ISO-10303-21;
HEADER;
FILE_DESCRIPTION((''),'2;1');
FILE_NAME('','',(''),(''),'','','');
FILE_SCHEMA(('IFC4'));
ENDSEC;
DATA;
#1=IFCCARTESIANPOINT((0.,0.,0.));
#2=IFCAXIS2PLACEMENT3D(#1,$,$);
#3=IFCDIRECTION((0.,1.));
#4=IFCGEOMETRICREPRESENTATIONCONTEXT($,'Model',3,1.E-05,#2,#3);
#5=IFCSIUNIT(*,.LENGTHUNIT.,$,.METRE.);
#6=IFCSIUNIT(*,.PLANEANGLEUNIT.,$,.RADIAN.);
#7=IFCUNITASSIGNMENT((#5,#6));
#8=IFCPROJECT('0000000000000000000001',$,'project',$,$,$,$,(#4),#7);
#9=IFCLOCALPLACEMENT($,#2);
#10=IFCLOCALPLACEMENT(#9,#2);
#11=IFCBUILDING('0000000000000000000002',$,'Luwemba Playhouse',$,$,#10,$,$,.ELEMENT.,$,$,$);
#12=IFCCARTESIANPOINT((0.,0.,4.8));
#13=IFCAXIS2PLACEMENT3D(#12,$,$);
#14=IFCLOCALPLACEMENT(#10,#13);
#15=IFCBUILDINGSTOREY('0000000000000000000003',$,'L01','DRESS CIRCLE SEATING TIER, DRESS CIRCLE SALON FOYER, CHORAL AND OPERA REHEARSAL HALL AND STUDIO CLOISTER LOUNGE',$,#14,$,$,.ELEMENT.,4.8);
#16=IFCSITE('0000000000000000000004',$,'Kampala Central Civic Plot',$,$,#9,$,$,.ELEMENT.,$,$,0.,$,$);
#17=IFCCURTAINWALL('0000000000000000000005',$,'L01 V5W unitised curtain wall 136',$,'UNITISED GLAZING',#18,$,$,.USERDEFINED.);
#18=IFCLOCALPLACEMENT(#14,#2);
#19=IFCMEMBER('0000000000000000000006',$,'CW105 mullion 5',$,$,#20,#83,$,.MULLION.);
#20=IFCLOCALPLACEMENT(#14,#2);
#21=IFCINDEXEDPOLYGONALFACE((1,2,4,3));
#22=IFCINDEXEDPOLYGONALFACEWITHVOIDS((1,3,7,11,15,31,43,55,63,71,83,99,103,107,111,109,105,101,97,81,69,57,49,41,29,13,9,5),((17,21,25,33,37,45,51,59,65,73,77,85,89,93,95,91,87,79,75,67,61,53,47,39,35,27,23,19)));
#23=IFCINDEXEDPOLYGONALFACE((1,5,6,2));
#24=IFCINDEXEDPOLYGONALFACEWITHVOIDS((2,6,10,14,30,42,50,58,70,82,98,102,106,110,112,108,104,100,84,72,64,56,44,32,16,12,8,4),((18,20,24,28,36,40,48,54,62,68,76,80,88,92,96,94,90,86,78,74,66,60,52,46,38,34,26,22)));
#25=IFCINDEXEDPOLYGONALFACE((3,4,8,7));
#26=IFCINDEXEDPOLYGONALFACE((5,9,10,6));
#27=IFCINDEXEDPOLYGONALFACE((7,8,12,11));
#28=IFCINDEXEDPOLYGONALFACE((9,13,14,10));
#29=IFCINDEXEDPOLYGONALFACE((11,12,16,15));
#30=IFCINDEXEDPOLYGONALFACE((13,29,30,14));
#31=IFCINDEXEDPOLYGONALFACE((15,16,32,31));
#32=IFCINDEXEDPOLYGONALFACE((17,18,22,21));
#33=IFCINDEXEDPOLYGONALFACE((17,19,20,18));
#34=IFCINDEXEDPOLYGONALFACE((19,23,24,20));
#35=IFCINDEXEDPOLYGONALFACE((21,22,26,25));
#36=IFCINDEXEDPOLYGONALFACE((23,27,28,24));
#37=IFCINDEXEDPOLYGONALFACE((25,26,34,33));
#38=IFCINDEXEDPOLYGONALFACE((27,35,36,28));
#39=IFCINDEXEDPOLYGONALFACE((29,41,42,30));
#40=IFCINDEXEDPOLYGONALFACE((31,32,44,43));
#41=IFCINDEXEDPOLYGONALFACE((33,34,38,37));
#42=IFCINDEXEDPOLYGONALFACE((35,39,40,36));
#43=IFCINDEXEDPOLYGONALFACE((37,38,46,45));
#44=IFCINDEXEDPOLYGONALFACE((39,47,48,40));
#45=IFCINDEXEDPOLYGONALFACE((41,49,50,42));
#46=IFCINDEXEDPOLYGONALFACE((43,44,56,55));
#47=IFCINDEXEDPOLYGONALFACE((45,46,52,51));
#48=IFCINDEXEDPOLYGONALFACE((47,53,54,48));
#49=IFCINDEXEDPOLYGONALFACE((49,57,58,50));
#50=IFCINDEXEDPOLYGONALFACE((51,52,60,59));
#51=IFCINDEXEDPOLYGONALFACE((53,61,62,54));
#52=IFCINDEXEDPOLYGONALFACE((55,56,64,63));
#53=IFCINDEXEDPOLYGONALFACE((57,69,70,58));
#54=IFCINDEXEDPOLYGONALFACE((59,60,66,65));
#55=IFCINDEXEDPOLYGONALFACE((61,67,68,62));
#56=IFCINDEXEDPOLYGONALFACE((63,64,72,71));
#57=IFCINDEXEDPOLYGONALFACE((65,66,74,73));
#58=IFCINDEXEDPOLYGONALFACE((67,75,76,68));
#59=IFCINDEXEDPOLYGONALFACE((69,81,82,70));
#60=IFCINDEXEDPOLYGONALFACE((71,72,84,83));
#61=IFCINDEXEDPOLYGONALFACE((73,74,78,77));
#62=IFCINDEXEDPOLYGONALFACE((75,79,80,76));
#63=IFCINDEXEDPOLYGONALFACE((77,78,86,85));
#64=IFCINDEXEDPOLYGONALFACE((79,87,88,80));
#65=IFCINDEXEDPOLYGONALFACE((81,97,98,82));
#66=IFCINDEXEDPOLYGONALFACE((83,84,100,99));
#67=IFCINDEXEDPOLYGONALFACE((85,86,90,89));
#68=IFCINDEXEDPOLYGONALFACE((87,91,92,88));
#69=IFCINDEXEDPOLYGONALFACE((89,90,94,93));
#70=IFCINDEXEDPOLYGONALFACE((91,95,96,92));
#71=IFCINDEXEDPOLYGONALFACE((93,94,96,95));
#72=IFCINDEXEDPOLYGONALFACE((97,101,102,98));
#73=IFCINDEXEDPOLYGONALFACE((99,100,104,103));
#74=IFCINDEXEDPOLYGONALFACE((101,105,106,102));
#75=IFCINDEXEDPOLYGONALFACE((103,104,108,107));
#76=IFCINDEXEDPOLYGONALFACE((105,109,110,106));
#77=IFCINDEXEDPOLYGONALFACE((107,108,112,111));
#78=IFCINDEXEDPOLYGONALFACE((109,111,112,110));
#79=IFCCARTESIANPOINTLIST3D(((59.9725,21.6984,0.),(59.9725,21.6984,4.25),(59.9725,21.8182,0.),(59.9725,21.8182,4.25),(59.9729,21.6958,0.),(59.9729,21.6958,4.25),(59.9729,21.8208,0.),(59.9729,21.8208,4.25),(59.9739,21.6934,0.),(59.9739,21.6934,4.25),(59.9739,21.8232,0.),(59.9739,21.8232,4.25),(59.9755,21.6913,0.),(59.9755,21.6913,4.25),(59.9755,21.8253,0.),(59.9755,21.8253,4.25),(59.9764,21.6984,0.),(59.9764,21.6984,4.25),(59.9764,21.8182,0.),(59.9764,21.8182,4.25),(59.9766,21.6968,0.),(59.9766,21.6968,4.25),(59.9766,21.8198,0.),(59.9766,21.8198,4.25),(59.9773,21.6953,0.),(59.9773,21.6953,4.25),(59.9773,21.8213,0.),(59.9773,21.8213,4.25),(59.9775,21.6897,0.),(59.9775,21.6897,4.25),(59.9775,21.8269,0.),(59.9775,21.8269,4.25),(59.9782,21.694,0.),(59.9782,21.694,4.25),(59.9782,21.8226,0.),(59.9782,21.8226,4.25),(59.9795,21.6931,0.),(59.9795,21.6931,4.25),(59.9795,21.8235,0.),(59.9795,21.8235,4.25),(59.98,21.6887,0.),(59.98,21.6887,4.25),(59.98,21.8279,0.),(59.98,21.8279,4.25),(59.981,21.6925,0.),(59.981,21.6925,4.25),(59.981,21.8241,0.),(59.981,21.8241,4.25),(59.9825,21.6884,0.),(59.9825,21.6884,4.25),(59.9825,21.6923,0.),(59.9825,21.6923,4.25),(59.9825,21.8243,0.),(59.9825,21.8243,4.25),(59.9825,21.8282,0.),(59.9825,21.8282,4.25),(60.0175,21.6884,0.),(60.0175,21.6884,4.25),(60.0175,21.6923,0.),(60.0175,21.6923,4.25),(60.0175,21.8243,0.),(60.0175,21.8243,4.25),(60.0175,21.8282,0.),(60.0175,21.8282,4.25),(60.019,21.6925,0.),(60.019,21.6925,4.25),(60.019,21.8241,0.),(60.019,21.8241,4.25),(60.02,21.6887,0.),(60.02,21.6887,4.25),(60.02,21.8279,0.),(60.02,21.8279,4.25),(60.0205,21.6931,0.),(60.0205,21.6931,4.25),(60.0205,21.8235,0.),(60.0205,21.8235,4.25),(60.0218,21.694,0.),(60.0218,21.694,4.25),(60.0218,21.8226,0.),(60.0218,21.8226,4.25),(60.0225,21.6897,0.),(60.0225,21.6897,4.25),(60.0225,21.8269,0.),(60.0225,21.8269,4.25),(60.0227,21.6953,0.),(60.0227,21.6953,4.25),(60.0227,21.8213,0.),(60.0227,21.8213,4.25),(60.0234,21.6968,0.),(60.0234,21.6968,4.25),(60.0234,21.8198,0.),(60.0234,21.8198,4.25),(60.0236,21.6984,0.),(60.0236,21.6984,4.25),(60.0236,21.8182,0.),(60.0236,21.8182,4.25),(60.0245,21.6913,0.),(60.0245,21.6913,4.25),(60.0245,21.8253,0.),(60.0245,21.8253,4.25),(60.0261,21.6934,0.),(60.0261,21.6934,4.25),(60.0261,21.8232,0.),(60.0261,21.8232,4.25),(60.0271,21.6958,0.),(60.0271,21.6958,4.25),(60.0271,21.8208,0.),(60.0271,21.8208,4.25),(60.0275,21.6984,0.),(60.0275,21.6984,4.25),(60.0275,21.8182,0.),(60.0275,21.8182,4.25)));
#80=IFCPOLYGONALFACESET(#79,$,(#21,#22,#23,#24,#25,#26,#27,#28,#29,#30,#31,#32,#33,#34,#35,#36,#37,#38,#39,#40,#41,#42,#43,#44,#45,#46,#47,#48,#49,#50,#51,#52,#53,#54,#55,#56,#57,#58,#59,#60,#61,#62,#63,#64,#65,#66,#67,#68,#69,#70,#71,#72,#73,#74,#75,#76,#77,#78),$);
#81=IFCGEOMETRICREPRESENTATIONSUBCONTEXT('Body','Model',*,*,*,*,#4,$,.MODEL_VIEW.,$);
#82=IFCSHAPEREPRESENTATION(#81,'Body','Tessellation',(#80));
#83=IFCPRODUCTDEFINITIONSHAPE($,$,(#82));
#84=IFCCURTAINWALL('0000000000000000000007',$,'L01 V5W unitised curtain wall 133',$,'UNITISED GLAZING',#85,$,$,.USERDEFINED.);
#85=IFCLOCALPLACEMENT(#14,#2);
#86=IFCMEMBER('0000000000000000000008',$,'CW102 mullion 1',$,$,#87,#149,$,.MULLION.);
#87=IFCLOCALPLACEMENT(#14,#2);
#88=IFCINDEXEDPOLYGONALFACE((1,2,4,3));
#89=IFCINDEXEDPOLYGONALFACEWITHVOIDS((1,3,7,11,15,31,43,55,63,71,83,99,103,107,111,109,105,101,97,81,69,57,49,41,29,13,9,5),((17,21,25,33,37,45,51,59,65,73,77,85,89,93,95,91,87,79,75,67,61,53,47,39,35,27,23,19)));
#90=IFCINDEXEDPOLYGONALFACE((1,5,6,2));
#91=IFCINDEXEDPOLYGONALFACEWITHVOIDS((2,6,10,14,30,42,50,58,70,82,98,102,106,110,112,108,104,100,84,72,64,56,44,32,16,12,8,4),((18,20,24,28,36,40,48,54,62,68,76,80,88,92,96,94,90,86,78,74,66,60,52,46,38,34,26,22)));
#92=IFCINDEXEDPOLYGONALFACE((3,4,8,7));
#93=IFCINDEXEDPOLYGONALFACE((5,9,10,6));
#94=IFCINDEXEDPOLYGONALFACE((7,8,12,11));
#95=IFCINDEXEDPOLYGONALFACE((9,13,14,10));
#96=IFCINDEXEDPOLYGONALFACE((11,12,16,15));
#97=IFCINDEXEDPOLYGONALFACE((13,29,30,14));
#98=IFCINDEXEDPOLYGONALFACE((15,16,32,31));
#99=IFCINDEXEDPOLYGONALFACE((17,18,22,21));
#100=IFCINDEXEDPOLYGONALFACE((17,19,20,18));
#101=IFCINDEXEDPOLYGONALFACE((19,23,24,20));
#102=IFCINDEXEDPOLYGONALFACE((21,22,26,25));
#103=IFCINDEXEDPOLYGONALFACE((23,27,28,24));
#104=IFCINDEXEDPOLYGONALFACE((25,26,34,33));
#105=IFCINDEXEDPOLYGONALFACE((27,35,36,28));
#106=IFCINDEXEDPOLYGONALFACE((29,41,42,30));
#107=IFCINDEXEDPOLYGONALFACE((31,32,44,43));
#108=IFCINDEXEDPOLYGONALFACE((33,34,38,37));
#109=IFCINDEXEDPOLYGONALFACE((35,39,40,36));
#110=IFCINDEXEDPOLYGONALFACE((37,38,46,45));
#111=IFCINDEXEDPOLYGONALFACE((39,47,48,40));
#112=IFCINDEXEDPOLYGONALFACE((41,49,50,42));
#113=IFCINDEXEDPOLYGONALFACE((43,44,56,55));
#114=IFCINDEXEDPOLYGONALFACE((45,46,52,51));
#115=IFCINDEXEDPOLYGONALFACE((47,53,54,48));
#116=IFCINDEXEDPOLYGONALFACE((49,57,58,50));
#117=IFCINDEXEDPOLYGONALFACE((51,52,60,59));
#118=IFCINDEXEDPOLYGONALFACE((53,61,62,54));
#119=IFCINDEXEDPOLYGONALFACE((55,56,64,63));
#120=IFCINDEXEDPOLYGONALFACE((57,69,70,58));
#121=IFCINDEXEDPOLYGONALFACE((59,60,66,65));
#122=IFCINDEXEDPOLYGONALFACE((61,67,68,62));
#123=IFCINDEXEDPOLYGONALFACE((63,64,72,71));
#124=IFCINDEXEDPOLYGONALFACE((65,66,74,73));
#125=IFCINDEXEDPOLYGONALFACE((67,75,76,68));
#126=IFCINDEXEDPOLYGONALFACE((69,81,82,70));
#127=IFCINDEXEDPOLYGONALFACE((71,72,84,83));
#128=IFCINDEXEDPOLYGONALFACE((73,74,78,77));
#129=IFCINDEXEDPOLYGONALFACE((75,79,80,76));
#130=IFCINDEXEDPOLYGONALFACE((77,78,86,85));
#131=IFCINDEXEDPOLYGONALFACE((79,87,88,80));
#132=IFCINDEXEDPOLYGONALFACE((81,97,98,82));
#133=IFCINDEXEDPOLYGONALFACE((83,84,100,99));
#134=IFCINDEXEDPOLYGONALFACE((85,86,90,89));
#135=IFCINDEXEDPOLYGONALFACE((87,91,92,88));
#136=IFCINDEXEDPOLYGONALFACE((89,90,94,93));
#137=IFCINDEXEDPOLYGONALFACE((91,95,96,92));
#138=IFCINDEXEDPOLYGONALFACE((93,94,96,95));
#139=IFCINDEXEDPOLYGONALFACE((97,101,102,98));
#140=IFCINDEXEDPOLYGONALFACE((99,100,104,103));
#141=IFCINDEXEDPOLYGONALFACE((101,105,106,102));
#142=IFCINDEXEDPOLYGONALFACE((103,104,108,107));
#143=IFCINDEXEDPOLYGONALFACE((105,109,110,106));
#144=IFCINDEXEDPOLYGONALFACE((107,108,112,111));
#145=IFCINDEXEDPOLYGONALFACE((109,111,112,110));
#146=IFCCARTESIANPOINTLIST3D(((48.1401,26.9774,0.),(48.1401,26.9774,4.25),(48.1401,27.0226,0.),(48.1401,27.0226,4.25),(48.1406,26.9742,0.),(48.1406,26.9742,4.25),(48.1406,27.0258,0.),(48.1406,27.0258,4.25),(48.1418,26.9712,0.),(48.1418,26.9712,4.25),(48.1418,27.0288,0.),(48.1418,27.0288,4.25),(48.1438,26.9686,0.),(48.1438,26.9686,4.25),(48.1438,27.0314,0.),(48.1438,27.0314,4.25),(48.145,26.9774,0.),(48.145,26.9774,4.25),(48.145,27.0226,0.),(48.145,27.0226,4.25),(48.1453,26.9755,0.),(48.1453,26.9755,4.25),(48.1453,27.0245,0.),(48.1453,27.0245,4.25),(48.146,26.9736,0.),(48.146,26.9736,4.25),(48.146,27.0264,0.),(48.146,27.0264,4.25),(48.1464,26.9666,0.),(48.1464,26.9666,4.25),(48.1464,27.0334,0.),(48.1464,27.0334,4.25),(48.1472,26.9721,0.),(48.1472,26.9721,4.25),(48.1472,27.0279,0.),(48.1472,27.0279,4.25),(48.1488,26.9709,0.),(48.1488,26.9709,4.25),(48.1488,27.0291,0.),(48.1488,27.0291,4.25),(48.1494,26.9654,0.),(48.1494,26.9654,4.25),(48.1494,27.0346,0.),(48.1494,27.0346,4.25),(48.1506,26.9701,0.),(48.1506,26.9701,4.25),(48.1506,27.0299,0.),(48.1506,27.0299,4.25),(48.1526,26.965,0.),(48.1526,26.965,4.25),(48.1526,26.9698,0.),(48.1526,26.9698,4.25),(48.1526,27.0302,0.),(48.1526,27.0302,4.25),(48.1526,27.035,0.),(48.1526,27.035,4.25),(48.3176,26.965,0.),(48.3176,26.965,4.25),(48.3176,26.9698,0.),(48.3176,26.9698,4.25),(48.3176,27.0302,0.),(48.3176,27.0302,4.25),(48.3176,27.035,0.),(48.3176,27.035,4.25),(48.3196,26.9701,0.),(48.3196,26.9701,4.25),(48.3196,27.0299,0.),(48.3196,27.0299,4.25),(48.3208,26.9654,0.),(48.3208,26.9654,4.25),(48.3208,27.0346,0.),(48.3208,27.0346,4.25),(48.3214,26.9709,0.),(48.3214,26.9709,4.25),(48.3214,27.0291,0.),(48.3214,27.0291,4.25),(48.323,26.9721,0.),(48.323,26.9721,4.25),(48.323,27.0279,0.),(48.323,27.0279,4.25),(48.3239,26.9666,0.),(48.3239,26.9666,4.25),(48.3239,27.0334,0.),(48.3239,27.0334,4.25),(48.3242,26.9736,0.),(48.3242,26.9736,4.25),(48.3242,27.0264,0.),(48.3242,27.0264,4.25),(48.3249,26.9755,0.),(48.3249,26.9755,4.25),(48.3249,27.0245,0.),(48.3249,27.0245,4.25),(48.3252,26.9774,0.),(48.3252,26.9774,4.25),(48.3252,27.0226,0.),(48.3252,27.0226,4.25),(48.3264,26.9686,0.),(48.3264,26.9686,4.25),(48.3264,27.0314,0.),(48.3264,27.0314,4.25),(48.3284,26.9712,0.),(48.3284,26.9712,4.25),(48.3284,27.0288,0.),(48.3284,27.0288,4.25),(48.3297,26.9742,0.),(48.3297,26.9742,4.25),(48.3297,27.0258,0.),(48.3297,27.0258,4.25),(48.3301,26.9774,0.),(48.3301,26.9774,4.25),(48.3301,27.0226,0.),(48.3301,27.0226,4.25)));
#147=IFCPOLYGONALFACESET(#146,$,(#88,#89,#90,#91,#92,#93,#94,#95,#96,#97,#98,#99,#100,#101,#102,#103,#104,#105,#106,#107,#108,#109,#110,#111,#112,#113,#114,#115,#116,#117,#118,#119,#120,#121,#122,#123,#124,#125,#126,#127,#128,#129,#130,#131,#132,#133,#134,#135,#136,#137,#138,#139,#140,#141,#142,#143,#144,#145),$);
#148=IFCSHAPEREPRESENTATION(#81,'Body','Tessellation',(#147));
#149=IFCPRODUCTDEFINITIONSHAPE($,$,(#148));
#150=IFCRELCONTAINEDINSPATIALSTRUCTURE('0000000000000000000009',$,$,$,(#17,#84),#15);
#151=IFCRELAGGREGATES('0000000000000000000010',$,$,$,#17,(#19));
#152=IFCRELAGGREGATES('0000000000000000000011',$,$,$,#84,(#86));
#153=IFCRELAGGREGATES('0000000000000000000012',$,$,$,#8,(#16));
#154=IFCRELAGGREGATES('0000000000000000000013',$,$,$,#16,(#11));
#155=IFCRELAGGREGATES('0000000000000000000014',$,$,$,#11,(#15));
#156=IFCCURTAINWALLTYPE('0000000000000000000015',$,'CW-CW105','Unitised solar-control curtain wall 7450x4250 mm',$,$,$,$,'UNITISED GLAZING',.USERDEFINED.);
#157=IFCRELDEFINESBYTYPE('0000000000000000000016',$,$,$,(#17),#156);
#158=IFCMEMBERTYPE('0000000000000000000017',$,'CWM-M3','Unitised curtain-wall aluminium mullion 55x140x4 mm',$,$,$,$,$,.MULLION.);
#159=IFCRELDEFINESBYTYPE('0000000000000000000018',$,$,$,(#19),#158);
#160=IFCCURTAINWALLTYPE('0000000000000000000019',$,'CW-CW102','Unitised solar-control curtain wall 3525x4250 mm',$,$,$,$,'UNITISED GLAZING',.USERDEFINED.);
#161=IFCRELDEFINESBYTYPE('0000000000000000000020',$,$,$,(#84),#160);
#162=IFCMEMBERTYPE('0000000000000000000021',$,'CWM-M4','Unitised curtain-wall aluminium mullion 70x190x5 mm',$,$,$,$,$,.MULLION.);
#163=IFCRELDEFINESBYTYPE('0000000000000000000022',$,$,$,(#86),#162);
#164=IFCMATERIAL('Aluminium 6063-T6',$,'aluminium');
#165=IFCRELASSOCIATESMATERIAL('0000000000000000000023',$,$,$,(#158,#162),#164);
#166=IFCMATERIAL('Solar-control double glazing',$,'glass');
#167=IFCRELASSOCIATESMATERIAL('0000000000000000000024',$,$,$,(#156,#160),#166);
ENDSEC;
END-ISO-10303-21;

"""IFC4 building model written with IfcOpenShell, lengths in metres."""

from ifc_helpers import new_model, si_unit, direction, frame, origin, origin_2d, place, context, subcontext, project, spatial, hollow_rectangle, extrude, material, material_profile, profile_set, type_object, element, aggregate, save


model = new_model("IFC4")

# Units and contexts
model_context = context("Model", 3, precision=1e-05, world=origin(), true_north=direction((0.0, 1.0)))
body_context = subcontext(model_context, "Body", "Model", "MODEL_VIEW")
ifc_project = project(units=[si_unit("LENGTHUNIT", "METRE"), si_unit("PLANEANGLEUNIT", "RADIAN")], contexts=[model_context])

# Site, building, storey
site_placement = place(None, origin())
site = spatial("IfcSite", under=ifc_project, at=site_placement, Name="Kampala Central Civic Plot", CompositionType="ELEMENT", RefElevation=0.0)
building_placement = place(site_placement, origin())
building = spatial("IfcBuilding", under=site, at=building_placement, Name="Luwemba Playhouse", CompositionType="ELEMENT")
storey_placement = place(building_placement, frame((0.0, 0.0, 4.8)))
storey = spatial("IfcBuildingStorey", under=building, at=storey_placement, Name="L01", Description="DRESS CIRCLE SEATING TIER, DRESS CIRCLE SALON FOYER, CHORAL AND OPERA REHEARSAL HALL AND STUDIO CLOISTER LOUNGE", CompositionType="ELEMENT", Elevation=4.8)

# Curtain wall, member
ifc_material_1 = material(Name="Solar-control double glazing", Category="glass")
ifc_material_2 = material(Name="Aluminium 6063-T6", Category="aluminium")
ifc_material_profile_1 = material_profile(ifc_material_2, hollow_rectangle(XDim=0.0549, YDim=0.1399, WallThickness=0.0039, InnerFilletRadius=0.0061, OuterFilletRadius=0.01, at=origin_2d()))
ifc_profile_set_1 = profile_set([ifc_material_profile_1], Name="Aluminium 6063-T6")
member_type_1 = type_object("IfcMemberType", Name="CWM-M3", Description="Unitised curtain-wall aluminium mullion 55x140x4 mm", PredefinedType="MULLION", material=ifc_profile_set_1)
curtain_wall_type_1 = type_object("IfcCurtainWallType", Name="CW-CW105", Description="Unitised solar-control curtain wall 7450x4250 mm", ElementType="UNITISED GLAZING", PredefinedType="USERDEFINED", material=ifc_material_1)
curtain_wall_1_placement = place(storey_placement, origin())
curtain_wall_1 = element("IfcCurtainWall", 1, at=curtain_wall_1_placement, inside=storey, type_object=curtain_wall_type_1, Name="L01 V5W unitised curtain wall 136", ObjectType="UNITISED GLAZING", PredefinedType="USERDEFINED")
member_1_placement = place(storey_placement, frame((60.0, 21.7583, 0.0), z_axis=(0.0, 0.0, 1.0), x_axis=(1.0, 0.0, 0.0)))
member_1 = element("IfcMember", 2, at=member_1_placement, type_object=member_type_1, Name="CW105 mullion 5", PredefinedType="MULLION", context=body_context, shape_type="SweptSolid", body=[
    extrude(hollow_rectangle(XDim=0.0549, YDim=0.1399, WallThickness=0.0039, InnerFilletRadius=0.0061, OuterFilletRadius=0.01, at=origin_2d()), origin(), (0.0, 0.0, 1.0), 4.25),
])

# Curtain wall, member
curtain_wall_type_2 = type_object("IfcCurtainWallType", Name="CW-CW102", Description="Unitised solar-control curtain wall 3525x4250 mm", ElementType="UNITISED GLAZING", PredefinedType="USERDEFINED", material=ifc_material_1)
curtain_wall_2_placement = place(storey_placement, origin())
curtain_wall_2 = element("IfcCurtainWall", 3, at=curtain_wall_2_placement, inside=storey, type_object=curtain_wall_type_2, Name="L01 V5W unitised curtain wall 133", ObjectType="UNITISED GLAZING", PredefinedType="USERDEFINED")
ifc_material_profile_2 = material_profile(ifc_material_2, hollow_rectangle(XDim=0.0701, YDim=0.1899, WallThickness=0.0049, InnerFilletRadius=0.0076, OuterFilletRadius=0.0125, at=origin_2d()))
ifc_profile_set_2 = profile_set([ifc_material_profile_2], Name="Aluminium 6063-T6")
member_type_2 = type_object("IfcMemberType", Name="CWM-M4", Description="Unitised curtain-wall aluminium mullion 70x190x5 mm", PredefinedType="MULLION", material=ifc_profile_set_2)
member_2_placement = place(storey_placement, frame((48.2351, 27.0, 0.0), z_axis=(0.0, 0.0, 1.0), x_axis=(0.0, 1.0, 0.0)))
member_2 = element("IfcMember", 4, at=member_2_placement, type_object=member_type_2, Name="CW102 mullion 1", PredefinedType="MULLION", context=body_context, shape_type="SweptSolid", body=[
    extrude(hollow_rectangle(XDim=0.0701, YDim=0.1899, WallThickness=0.0049, InnerFilletRadius=0.0076, OuterFilletRadius=0.0125, at=origin_2d()), origin(), (0.0, 0.0, 1.0), 4.25),
])

aggregate(curtain_wall_1, [member_1])
aggregate(curtain_wall_2, [member_2])

save(model, "model.ifc")
